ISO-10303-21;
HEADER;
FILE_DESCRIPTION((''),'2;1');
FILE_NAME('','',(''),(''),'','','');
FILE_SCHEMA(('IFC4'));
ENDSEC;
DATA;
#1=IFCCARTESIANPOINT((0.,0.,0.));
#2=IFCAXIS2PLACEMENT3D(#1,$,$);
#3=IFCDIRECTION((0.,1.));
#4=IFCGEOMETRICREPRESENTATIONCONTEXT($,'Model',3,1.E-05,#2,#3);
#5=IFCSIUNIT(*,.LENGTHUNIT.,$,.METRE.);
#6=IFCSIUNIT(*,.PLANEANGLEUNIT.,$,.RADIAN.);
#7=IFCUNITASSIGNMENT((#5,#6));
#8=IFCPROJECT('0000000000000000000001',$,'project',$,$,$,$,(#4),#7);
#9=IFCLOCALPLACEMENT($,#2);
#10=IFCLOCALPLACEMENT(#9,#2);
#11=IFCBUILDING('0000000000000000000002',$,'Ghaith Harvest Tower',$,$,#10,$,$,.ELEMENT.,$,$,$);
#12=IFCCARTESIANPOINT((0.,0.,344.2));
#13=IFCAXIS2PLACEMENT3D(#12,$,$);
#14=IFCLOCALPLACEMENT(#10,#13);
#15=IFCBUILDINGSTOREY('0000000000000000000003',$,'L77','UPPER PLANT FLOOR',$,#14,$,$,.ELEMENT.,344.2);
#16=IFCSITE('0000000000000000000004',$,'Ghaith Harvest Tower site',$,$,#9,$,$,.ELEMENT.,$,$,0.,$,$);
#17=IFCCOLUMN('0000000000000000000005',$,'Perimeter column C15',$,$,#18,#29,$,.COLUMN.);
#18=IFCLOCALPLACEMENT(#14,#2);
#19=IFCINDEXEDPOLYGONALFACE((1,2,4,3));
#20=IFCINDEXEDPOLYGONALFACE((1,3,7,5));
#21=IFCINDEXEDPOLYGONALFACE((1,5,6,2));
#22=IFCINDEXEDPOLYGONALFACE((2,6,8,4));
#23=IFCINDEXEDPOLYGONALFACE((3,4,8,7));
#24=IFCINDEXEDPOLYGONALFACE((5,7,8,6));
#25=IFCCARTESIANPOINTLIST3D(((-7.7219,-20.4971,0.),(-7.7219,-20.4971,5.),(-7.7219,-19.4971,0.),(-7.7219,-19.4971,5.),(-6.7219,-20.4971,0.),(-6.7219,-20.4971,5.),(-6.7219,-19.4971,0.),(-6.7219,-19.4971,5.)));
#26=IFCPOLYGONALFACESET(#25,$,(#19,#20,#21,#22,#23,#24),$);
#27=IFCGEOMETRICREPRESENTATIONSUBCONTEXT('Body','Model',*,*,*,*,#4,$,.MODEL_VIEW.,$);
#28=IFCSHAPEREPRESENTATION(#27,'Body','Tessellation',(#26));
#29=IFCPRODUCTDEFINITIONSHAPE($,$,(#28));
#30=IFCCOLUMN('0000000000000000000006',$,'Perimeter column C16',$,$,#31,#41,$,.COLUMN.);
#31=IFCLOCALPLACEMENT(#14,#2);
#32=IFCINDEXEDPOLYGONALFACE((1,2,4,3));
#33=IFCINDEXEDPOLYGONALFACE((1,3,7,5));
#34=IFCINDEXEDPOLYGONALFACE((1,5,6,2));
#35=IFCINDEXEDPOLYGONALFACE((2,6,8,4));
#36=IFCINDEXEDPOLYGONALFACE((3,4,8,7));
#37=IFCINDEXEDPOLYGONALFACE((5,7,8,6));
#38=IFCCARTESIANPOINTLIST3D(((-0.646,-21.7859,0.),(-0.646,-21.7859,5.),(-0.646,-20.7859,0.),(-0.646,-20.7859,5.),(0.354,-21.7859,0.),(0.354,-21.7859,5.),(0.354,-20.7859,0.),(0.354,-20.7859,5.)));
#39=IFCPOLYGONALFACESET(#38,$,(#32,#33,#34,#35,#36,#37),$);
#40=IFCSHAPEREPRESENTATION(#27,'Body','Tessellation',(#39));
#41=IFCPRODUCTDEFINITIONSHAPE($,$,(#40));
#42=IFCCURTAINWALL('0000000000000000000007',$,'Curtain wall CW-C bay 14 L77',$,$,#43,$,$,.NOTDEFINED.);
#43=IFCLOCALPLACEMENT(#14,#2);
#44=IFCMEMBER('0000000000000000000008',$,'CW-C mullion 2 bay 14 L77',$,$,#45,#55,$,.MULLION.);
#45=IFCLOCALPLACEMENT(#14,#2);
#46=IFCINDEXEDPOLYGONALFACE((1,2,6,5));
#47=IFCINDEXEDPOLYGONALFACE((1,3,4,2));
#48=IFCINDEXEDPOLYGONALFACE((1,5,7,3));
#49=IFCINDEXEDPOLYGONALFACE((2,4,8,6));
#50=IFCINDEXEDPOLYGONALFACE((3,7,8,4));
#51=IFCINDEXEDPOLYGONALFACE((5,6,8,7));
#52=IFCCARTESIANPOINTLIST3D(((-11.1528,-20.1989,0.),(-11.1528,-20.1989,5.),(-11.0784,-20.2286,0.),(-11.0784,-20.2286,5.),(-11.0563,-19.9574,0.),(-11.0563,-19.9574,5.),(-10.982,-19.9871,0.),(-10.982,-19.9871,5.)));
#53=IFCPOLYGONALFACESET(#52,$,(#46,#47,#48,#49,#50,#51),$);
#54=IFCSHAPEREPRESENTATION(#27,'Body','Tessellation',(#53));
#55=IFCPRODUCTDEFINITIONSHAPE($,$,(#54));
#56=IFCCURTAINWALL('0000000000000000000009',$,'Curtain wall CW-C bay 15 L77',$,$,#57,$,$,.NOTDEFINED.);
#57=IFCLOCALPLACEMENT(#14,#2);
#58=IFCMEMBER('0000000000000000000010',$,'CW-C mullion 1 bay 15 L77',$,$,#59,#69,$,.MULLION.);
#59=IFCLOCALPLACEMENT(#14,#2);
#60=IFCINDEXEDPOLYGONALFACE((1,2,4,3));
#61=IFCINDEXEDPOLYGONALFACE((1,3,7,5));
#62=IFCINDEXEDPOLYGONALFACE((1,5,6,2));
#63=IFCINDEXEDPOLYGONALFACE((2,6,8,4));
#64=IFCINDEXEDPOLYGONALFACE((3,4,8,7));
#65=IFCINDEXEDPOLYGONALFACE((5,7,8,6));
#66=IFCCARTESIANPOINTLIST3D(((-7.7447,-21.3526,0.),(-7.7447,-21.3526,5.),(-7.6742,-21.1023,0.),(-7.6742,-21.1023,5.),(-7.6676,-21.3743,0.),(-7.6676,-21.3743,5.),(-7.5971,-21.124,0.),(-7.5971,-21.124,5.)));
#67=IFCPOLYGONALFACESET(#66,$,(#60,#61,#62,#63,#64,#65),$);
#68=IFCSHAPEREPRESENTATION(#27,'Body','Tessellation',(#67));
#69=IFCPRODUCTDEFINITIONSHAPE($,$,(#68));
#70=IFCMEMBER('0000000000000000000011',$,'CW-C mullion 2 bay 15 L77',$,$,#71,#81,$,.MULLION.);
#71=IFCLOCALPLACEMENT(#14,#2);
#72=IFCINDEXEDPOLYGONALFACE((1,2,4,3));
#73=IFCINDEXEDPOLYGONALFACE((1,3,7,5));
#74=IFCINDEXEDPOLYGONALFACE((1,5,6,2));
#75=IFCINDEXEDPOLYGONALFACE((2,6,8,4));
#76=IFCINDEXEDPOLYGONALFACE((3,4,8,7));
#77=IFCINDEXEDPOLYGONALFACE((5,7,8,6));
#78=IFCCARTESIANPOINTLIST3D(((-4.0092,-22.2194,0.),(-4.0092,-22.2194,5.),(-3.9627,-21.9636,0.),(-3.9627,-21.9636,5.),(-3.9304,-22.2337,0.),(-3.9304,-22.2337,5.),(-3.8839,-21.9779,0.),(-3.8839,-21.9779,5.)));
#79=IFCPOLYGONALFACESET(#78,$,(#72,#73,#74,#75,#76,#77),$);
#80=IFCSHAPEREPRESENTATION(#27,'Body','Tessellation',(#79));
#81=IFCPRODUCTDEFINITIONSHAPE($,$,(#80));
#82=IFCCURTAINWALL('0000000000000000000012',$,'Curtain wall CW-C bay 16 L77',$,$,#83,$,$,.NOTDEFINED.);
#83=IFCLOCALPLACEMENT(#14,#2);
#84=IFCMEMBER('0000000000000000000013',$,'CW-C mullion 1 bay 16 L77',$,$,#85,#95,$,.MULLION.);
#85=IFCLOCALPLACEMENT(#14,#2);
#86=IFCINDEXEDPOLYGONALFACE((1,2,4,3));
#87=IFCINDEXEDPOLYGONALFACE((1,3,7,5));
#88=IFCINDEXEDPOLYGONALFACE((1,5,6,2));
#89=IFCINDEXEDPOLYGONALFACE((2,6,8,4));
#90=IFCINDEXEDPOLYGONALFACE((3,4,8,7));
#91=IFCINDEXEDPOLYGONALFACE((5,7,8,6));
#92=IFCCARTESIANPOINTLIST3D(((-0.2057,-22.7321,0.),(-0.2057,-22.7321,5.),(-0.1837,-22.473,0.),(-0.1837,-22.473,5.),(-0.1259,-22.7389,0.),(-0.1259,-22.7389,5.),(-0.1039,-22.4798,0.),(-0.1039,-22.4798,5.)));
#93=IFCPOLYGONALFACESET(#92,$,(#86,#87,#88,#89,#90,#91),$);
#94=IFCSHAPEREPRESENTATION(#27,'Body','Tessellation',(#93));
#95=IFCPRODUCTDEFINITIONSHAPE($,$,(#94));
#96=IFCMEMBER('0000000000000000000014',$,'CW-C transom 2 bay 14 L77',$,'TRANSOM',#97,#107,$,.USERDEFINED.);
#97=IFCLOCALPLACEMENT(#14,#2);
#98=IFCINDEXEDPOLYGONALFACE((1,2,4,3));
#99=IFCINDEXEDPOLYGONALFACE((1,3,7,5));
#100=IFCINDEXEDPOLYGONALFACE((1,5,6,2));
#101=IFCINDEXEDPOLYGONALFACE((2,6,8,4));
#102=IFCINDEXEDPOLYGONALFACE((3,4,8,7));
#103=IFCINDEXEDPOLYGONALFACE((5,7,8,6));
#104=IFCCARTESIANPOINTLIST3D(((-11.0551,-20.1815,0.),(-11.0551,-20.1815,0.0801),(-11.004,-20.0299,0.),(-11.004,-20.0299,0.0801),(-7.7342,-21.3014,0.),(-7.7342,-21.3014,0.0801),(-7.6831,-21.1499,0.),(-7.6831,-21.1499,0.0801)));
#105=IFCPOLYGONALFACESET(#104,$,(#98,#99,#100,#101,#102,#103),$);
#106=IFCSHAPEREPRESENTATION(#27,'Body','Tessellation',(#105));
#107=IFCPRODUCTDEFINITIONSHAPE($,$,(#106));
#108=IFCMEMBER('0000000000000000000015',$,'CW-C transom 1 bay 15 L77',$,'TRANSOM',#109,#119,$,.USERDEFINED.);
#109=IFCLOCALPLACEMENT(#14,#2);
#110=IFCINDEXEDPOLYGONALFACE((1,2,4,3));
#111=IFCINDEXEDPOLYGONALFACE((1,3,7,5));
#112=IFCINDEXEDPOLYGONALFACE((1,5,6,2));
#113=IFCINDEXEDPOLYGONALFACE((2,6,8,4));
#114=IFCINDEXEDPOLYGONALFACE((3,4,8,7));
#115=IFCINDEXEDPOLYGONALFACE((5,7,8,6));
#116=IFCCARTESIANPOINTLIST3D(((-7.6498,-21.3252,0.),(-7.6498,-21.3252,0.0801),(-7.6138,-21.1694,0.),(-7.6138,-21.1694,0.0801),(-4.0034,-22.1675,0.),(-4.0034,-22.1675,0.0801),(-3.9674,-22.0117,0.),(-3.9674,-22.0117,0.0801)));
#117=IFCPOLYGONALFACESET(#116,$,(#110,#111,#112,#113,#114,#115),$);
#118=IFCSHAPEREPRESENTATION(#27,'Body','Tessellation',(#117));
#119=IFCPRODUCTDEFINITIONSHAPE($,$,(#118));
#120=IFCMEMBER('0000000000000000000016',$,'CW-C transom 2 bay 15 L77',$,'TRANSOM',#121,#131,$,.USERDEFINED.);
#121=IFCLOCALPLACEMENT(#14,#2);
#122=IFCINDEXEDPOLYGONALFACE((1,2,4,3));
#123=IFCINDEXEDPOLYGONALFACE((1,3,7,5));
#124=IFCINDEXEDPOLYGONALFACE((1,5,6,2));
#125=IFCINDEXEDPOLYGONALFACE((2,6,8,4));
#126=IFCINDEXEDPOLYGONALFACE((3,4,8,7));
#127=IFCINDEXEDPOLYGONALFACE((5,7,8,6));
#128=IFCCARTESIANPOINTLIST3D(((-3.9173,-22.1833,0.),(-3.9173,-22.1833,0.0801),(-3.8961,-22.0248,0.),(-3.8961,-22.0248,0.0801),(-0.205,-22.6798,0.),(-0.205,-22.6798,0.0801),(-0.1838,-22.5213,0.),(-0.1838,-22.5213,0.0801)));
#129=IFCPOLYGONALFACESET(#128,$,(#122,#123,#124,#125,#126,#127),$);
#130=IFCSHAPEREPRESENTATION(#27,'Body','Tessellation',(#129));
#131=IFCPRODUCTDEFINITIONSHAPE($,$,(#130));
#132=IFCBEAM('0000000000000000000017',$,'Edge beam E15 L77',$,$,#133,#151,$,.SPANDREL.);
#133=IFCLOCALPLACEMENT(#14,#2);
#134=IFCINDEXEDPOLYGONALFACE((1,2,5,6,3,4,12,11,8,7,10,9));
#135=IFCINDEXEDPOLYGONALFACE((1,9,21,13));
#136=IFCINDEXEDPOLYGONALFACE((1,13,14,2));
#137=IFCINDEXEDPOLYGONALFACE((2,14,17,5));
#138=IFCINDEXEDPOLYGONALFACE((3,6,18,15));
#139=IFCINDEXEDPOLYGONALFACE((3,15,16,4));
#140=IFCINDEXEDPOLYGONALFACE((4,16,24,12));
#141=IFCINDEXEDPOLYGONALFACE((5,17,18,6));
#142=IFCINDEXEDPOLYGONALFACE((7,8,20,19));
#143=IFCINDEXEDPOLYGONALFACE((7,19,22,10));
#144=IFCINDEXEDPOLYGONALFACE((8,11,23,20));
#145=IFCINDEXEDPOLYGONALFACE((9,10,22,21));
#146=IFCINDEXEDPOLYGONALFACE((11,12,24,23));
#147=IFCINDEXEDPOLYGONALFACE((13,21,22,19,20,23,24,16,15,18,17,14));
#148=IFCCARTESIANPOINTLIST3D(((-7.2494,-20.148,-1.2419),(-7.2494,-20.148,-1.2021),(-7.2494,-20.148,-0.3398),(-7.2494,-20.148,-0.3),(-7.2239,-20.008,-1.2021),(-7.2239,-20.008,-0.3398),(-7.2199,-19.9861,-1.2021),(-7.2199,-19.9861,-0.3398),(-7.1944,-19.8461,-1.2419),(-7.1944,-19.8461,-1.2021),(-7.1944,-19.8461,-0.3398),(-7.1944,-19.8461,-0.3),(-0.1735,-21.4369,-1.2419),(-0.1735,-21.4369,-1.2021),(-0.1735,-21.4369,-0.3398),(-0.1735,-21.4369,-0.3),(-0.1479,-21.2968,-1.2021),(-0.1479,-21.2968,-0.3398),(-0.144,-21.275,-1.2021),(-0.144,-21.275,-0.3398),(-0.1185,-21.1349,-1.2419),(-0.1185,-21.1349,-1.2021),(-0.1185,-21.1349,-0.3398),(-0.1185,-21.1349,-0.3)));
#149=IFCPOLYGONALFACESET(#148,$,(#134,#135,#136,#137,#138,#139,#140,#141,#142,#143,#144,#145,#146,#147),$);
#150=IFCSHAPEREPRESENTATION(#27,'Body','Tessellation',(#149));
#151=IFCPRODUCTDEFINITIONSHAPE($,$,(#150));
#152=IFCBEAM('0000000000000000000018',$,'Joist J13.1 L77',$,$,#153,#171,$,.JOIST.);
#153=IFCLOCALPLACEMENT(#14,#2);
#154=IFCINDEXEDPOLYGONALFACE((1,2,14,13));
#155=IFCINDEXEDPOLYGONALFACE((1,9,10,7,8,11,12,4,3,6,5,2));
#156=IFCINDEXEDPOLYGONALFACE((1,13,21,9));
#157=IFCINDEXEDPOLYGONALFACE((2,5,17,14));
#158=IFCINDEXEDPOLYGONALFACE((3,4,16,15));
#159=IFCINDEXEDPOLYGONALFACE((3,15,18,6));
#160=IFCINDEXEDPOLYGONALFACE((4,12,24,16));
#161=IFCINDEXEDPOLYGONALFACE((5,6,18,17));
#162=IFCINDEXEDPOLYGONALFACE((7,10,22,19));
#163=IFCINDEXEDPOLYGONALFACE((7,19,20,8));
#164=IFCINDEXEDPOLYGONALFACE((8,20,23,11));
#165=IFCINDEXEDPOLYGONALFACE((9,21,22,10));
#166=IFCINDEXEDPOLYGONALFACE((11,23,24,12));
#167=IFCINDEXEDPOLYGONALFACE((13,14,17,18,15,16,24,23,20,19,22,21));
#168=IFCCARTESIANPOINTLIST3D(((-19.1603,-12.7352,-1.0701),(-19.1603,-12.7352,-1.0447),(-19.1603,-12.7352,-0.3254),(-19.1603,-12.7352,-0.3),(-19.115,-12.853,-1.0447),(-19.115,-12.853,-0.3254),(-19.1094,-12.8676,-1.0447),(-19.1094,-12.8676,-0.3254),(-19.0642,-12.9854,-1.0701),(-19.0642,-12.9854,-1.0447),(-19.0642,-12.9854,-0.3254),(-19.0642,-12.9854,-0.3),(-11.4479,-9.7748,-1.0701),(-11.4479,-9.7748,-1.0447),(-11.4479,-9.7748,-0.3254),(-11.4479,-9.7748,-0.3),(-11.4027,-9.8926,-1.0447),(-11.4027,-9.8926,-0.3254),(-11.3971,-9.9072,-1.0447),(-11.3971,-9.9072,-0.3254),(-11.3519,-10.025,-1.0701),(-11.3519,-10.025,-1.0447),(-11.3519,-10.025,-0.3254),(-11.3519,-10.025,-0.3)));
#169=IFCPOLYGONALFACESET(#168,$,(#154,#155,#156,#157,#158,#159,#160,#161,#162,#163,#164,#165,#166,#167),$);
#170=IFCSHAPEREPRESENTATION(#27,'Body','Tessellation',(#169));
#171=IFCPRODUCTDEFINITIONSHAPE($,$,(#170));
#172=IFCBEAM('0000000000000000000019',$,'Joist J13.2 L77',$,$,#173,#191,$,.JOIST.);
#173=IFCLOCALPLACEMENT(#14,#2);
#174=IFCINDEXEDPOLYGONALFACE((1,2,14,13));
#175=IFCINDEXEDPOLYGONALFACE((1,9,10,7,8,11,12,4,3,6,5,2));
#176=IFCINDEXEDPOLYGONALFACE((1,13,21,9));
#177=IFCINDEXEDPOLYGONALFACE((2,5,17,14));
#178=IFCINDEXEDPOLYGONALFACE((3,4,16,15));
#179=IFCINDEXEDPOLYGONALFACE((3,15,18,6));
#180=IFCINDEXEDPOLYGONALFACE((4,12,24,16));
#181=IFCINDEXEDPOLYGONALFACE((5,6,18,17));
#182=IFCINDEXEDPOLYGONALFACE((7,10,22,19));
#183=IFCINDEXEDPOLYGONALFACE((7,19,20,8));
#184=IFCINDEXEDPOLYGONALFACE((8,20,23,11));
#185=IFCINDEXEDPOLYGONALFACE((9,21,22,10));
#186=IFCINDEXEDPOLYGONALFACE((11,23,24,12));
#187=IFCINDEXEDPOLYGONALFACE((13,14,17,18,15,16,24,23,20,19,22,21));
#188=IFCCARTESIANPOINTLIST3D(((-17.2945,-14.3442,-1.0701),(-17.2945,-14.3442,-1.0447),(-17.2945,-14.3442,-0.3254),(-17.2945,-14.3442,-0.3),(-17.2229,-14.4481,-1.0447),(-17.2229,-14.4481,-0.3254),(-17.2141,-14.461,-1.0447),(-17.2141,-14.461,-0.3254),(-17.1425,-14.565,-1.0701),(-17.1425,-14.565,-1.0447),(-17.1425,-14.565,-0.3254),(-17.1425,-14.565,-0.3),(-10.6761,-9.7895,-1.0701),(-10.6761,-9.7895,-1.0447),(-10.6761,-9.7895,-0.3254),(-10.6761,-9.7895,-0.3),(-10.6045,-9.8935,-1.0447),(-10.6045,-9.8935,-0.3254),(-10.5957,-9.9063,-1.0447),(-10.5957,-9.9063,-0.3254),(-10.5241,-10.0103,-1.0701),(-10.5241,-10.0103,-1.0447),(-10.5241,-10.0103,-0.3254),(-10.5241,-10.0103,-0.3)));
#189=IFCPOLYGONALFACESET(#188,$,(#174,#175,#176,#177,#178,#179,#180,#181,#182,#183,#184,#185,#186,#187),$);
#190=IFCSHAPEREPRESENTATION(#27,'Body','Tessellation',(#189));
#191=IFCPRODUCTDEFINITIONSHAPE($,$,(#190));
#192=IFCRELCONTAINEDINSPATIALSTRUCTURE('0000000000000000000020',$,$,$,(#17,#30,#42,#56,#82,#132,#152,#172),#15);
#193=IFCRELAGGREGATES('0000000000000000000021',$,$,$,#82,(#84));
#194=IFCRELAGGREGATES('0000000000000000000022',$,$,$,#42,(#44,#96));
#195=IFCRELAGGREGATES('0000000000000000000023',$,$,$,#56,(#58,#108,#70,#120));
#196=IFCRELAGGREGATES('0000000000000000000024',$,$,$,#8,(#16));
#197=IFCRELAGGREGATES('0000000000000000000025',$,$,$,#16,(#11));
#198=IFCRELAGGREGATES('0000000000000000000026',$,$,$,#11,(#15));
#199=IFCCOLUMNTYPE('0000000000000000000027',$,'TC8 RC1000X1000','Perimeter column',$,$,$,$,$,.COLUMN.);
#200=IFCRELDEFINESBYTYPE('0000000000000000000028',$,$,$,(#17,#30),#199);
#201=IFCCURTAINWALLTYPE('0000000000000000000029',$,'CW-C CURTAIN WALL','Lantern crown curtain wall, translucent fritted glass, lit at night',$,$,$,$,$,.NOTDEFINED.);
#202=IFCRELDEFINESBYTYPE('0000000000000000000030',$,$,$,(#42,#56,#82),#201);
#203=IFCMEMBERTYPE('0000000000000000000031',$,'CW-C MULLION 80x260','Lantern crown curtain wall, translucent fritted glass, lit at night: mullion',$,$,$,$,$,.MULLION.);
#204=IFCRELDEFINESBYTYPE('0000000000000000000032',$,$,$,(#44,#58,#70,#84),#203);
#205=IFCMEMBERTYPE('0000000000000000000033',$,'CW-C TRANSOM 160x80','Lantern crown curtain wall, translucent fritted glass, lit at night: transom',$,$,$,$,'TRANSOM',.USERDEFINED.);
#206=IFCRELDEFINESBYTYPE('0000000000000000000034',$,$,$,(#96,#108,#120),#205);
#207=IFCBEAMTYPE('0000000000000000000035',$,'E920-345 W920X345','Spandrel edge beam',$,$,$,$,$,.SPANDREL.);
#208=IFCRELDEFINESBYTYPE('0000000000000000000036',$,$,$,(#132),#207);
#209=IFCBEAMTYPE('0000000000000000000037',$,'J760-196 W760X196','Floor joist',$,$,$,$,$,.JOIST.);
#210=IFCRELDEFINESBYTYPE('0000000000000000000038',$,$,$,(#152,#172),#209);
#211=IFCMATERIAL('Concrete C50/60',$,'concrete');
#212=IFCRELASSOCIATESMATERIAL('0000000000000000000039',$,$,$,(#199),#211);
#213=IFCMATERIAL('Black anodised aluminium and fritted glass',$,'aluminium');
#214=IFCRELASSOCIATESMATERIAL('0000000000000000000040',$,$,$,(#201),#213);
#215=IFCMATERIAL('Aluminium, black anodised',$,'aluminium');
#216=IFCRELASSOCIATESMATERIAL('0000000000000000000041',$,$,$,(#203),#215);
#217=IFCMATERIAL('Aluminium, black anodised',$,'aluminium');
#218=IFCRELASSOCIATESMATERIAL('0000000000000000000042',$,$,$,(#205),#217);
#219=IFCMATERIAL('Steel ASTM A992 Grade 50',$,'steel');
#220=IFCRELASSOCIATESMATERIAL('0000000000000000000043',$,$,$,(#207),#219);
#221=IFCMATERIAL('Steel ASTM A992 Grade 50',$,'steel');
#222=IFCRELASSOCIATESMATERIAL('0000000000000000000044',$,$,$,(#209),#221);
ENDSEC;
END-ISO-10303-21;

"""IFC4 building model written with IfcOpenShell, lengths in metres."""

from ifc_helpers import new_model, si_unit, direction, frame, origin, origin_2d, place, context, subcontext, project, spatial, rectangle, i_section, extrude, material, material_profile, profile_set, type_object, element, aggregate, save


model = new_model("IFC4")

# Units and contexts
model_context = context("Model", 3, precision=1e-05, world=origin(), true_north=direction((0.0, 1.0)))
body_context = subcontext(model_context, "Body", "Model", "MODEL_VIEW")
ifc_project = project(units=[si_unit("LENGTHUNIT", "METRE"), si_unit("PLANEANGLEUNIT", "RADIAN")], contexts=[model_context])

# Site, building, storey
site_placement = place(None, origin())
site = spatial("IfcSite", under=ifc_project, at=site_placement, Name="Ghaith Harvest Tower site", CompositionType="ELEMENT", RefElevation=0.0)
building_placement = place(site_placement, origin())
building = spatial("IfcBuilding", under=site, at=building_placement, Name="Ghaith Harvest Tower", CompositionType="ELEMENT")
storey_placement = place(building_placement, frame((0.0, 0.0, 344.2)))
storey = spatial("IfcBuildingStorey", under=building, at=storey_placement, Name="L77", Description="UPPER PLANT FLOOR", CompositionType="ELEMENT", Elevation=344.2)

# Columns
ifc_material_1 = material(Name="Concrete C50/60", Category="concrete")
ifc_material_profile_1 = material_profile(ifc_material_1, rectangle(XDim=1.0, YDim=1.0, at=origin_2d()), Name="RC1000X1000")
ifc_profile_set_1 = profile_set([ifc_material_profile_1], Name="Concrete C50/60")
column_type = type_object("IfcColumnType", Name="TC8 RC1000X1000", Description="Perimeter column", PredefinedType="COLUMN", material=ifc_profile_set_1)
for number, where, z_axis, x_axis, name in (
    (1, (-7.2219, -19.9971, 0.0), (0.0, 0.0, 1.0), (1.0, 0.0, 0.0), "Perimeter column C15"),
    (2, (-0.146, -21.2859, 0.0), (0.0, 0.0, 1.0), (1.0, 0.0, 0.0), "Perimeter column C16"),
):
    element("IfcColumn", number, at=place(storey_placement, frame(where, z_axis=z_axis, x_axis=x_axis)), inside=storey, type_object=column_type, Name=name, PredefinedType="COLUMN", context=body_context, shape_type="SweptSolid", body=[
        extrude(rectangle(XDim=1.0, YDim=1.0, at=origin_2d()), origin(), (0.0, 0.0, 1.0), 5.0),
    ])

# Curtain wall, member
ifc_material_2 = material(Name="Black anodised aluminium and fritted glass", Category="aluminium")
curtain_wall_type = type_object("IfcCurtainWallType", Name="CW-C CURTAIN WALL", Description="Lantern crown curtain wall, translucent fritted glass, lit at night", PredefinedType="NOTDEFINED", material=ifc_material_2)
curtain_wall_1_placement = place(storey_placement, origin())
curtain_wall_1 = element("IfcCurtainWall", 3, at=curtain_wall_1_placement, inside=storey, type_object=curtain_wall_type, Name="Curtain wall CW-C bay 14 L77", PredefinedType="NOTDEFINED")
ifc_material_3 = material(Name="Aluminium, black anodised", Category="aluminium")
ifc_material_profile_2 = material_profile(ifc_material_3, rectangle(XDim=0.0801, YDim=0.26, at=origin_2d()), Name="CW-C MULLION 80x260")
ifc_profile_set_2 = profile_set([ifc_material_profile_2], Name="Aluminium, black anodised")
member_type_1 = type_object("IfcMemberType", Name="CW-C MULLION 80x260", Description="Lantern crown curtain wall, translucent fritted glass, lit at night: mullion", PredefinedType="MULLION", material=ifc_profile_set_2)
member_1_placement = place(storey_placement, frame((-11.0674, -20.093, 0.0), z_axis=(0.0, 0.0, 1.0), x_axis=(0.928624, -0.371021, 0.0)))
member_1 = element("IfcMember", 4, at=member_1_placement, type_object=member_type_1, Name="CW-C mullion 2 bay 14 L77", PredefinedType="MULLION", context=body_context, shape_type="SweptSolid", body=[
    extrude(rectangle(XDim=0.0801, YDim=0.26, at=origin_2d()), origin(), (0.0, 0.0, 1.0), 5.0),
])

# Curtain wall, members
curtain_wall_2_placement = place(storey_placement, origin())
curtain_wall_2 = element("IfcCurtainWall", 5, at=curtain_wall_2_placement, inside=storey, type_object=curtain_wall_type, Name="Curtain wall CW-C bay 15 L77", PredefinedType="NOTDEFINED")
member_2_placement = place(storey_placement, frame((-7.6709, -21.2383, 0.0), z_axis=(0.0, 0.0, 1.0), x_axis=(0.962552, -0.271095, 0.0)))
member_2 = element("IfcMember", 6, at=member_2_placement, type_object=member_type_1, Name="CW-C mullion 1 bay 15 L77", PredefinedType="MULLION", context=body_context, shape_type="SweptSolid", body=[
    extrude(rectangle(XDim=0.0801, YDim=0.26, at=origin_2d()), origin(), (0.0, 0.0, 1.0), 5.0),
])
member_3_placement = place(storey_placement, frame((-3.9465, -22.0986, 0.0), z_axis=(0.0, 0.0, 1.0), x_axis=(0.983843, -0.179031, 0.0)))
member_3 = element("IfcMember", 7, at=member_3_placement, type_object=member_type_1, Name="CW-C mullion 2 bay 15 L77", PredefinedType="MULLION", context=body_context, shape_type="SweptSolid", body=[
    extrude(rectangle(XDim=0.0801, YDim=0.26, at=origin_2d()), origin(), (0.0, 0.0, 1.0), 5.0),
])

# Curtain wall, member
curtain_wall_3_placement = place(storey_placement, origin())
curtain_wall_3 = element("IfcCurtainWall", 8, at=curtain_wall_3_placement, inside=storey, type_object=curtain_wall_type, Name="Curtain wall CW-C bay 16 L77", PredefinedType="NOTDEFINED")
member_4_placement = place(storey_placement, frame((-0.1548, -22.606, 0.0), z_axis=(0.0, 0.0, 1.0), x_axis=(0.996415, -0.084602, 0.0)))
member_4 = element("IfcMember", 9, at=member_4_placement, type_object=member_type_1, Name="CW-C mullion 1 bay 16 L77", PredefinedType="MULLION", context=body_context, shape_type="SweptSolid", body=[
    extrude(rectangle(XDim=0.0801, YDim=0.26, at=origin_2d()), origin(), (0.0, 0.0, 1.0), 5.0),
])
aggregate(curtain_wall_3, [member_4])

# Members
ifc_material_4 = material(Name="Aluminium, black anodised", Category="aluminium")
ifc_material_profile_3 = material_profile(ifc_material_4, rectangle(XDim=0.1599, YDim=0.0801, at=origin_2d()), Name="CW-C TRANSOM 160x80")
ifc_profile_set_3 = profile_set([ifc_material_profile_3], Name="Aluminium, black anodised")
member_type_2 = type_object("IfcMemberType", Name="CW-C TRANSOM 160x80", Description="Lantern crown curtain wall, translucent fritted glass, lit at night: transom", ElementType="TRANSOM", PredefinedType="USERDEFINED", material=ifc_profile_set_3)
member_5_placement = place(storey_placement, frame((-11.0295, -20.1057, 0.04), z_axis=(0.94757, -0.319549, 0.0), x_axis=(0.319549, 0.94757, 0.0)))
member_5 = element("IfcMember", 10, at=member_5_placement, type_object=member_type_2, Name="CW-C transom 2 bay 14 L77", ObjectType="TRANSOM", PredefinedType="USERDEFINED", context=body_context, shape_type="SweptSolid", body=[
    extrude(rectangle(XDim=0.1599, YDim=0.0801, at=origin_2d()), origin(), (0.0, 0.0, 1.0), 3.5046),
])
member_6_placement = place(storey_placement, frame((-7.6318, -21.2473, 0.04), z_axis=(0.974345, -0.22506, 0.0), x_axis=(0.22506, 0.974345, 0.0)))
member_6 = element("IfcMember", 11, at=member_6_placement, type_object=member_type_2, Name="CW-C transom 1 bay 15 L77", ObjectType="TRANSOM", PredefinedType="USERDEFINED", context=body_context, shape_type="SweptSolid", body=[
    extrude(rectangle(XDim=0.1599, YDim=0.0801, at=origin_2d()), origin(), (0.0, 0.0, 1.0), 3.7424),
])
member_7_placement = place(storey_placement, frame((-3.9067, -22.104, 0.04), z_axis=(0.991172, -0.132582, 0.0), x_axis=(0.132582, 0.991172, 0.0)))
member_7 = element("IfcMember", 12, at=member_7_placement, type_object=member_type_2, Name="CW-C transom 2 bay 15 L77", ObjectType="TRANSOM", PredefinedType="USERDEFINED", context=body_context, shape_type="SweptSolid", body=[
    extrude(rectangle(XDim=0.1599, YDim=0.0801, at=origin_2d()), origin(), (0.0, 0.0, 1.0), 3.7454),
])

# Beams
ifc_material_5 = material(Name="Steel ASTM A992 Grade 50", Category="steel")
ifc_material_profile_4 = material_profile(ifc_material_5, i_section(OverallWidth=0.3069, OverallDepth=0.9419, WebThickness=0.0222, FlangeThickness=0.0398, at=origin_2d()), Name="W920X345")
ifc_profile_set_4 = profile_set([ifc_material_profile_4], Name="Steel ASTM A992 Grade 50")
beam_type_1 = type_object("IfcBeamType", Name="E920-345 W920X345", Description="Spandrel edge beam", PredefinedType="SPANDREL", material=ifc_profile_set_4)
beam_1_placement = place(storey_placement, frame((-7.2219, -19.9971, -0.771), z_axis=(0.983814, -0.179193, 0.0), x_axis=(0.179193, 0.983814, 0.0)))
element("IfcBeam", 13, at=beam_1_placement, inside=storey, type_object=beam_type_1, Name="Edge beam E15 L77", PredefinedType="SPANDREL", context=body_context, shape_type="SweptSolid", body=[
    extrude(i_section(OverallWidth=0.3069, OverallDepth=0.9419, WebThickness=0.0222, FlangeThickness=0.0398, at=origin_2d()), origin(), (0.0, 0.0, 1.0), 7.1924),
])
ifc_material_6 = material(Name="Steel ASTM A992 Grade 50", Category="steel")
ifc_material_profile_5 = material_profile(ifc_material_6, i_section(OverallWidth=0.2681, OverallDepth=0.77, WebThickness=0.0156, FlangeThickness=0.0254, at=origin_2d()), Name="W760X196")
ifc_profile_set_5 = profile_set([ifc_material_profile_5], Name="Steel ASTM A992 Grade 50")
beam_type_2 = type_object("IfcBeamType", Name="J760-196 W760X196", Description="Floor joist", PredefinedType="JOIST", material=ifc_profile_set_5)
beam_2_placement = place(storey_placement, frame((-11.3999, -9.8999, -0.6851), z_axis=(-0.933583, -0.358361, 0.0), x_axis=(0.358361, -0.933583, 0.0)))
element("IfcBeam", 14, at=beam_2_placement, inside=storey, type_object=beam_type_2, Name="Joist J13.1 L77", PredefinedType="JOIST", context=body_context, shape_type="SweptSolid", body=[
    extrude(i_section(OverallWidth=0.2681, OverallDepth=0.77, WebThickness=0.0156, FlangeThickness=0.0254, at=origin_2d()), origin(), (0.0, 0.0, 1.0), 8.261),
])
beam_3_placement = place(storey_placement, frame((-10.6001, -9.8999, -0.6851), z_axis=(-0.823779, -0.566912, 0.0), x_axis=(0.566912, -0.823779, 0.0)))
element("IfcBeam", 15, at=beam_3_placement, inside=storey, type_object=beam_type_2, Name="Joist J13.2 L77", PredefinedType="JOIST", context=body_context, shape_type="SweptSolid", body=[
    extrude(i_section(OverallWidth=0.2681, OverallDepth=0.77, WebThickness=0.0156, FlangeThickness=0.0254, at=origin_2d()), origin(), (0.0, 0.0, 1.0), 8.0342),
])

aggregate(curtain_wall_1, [member_1, member_5])
aggregate(curtain_wall_2, [member_2, member_6, member_3, member_7])

save(model, "model.ifc")
